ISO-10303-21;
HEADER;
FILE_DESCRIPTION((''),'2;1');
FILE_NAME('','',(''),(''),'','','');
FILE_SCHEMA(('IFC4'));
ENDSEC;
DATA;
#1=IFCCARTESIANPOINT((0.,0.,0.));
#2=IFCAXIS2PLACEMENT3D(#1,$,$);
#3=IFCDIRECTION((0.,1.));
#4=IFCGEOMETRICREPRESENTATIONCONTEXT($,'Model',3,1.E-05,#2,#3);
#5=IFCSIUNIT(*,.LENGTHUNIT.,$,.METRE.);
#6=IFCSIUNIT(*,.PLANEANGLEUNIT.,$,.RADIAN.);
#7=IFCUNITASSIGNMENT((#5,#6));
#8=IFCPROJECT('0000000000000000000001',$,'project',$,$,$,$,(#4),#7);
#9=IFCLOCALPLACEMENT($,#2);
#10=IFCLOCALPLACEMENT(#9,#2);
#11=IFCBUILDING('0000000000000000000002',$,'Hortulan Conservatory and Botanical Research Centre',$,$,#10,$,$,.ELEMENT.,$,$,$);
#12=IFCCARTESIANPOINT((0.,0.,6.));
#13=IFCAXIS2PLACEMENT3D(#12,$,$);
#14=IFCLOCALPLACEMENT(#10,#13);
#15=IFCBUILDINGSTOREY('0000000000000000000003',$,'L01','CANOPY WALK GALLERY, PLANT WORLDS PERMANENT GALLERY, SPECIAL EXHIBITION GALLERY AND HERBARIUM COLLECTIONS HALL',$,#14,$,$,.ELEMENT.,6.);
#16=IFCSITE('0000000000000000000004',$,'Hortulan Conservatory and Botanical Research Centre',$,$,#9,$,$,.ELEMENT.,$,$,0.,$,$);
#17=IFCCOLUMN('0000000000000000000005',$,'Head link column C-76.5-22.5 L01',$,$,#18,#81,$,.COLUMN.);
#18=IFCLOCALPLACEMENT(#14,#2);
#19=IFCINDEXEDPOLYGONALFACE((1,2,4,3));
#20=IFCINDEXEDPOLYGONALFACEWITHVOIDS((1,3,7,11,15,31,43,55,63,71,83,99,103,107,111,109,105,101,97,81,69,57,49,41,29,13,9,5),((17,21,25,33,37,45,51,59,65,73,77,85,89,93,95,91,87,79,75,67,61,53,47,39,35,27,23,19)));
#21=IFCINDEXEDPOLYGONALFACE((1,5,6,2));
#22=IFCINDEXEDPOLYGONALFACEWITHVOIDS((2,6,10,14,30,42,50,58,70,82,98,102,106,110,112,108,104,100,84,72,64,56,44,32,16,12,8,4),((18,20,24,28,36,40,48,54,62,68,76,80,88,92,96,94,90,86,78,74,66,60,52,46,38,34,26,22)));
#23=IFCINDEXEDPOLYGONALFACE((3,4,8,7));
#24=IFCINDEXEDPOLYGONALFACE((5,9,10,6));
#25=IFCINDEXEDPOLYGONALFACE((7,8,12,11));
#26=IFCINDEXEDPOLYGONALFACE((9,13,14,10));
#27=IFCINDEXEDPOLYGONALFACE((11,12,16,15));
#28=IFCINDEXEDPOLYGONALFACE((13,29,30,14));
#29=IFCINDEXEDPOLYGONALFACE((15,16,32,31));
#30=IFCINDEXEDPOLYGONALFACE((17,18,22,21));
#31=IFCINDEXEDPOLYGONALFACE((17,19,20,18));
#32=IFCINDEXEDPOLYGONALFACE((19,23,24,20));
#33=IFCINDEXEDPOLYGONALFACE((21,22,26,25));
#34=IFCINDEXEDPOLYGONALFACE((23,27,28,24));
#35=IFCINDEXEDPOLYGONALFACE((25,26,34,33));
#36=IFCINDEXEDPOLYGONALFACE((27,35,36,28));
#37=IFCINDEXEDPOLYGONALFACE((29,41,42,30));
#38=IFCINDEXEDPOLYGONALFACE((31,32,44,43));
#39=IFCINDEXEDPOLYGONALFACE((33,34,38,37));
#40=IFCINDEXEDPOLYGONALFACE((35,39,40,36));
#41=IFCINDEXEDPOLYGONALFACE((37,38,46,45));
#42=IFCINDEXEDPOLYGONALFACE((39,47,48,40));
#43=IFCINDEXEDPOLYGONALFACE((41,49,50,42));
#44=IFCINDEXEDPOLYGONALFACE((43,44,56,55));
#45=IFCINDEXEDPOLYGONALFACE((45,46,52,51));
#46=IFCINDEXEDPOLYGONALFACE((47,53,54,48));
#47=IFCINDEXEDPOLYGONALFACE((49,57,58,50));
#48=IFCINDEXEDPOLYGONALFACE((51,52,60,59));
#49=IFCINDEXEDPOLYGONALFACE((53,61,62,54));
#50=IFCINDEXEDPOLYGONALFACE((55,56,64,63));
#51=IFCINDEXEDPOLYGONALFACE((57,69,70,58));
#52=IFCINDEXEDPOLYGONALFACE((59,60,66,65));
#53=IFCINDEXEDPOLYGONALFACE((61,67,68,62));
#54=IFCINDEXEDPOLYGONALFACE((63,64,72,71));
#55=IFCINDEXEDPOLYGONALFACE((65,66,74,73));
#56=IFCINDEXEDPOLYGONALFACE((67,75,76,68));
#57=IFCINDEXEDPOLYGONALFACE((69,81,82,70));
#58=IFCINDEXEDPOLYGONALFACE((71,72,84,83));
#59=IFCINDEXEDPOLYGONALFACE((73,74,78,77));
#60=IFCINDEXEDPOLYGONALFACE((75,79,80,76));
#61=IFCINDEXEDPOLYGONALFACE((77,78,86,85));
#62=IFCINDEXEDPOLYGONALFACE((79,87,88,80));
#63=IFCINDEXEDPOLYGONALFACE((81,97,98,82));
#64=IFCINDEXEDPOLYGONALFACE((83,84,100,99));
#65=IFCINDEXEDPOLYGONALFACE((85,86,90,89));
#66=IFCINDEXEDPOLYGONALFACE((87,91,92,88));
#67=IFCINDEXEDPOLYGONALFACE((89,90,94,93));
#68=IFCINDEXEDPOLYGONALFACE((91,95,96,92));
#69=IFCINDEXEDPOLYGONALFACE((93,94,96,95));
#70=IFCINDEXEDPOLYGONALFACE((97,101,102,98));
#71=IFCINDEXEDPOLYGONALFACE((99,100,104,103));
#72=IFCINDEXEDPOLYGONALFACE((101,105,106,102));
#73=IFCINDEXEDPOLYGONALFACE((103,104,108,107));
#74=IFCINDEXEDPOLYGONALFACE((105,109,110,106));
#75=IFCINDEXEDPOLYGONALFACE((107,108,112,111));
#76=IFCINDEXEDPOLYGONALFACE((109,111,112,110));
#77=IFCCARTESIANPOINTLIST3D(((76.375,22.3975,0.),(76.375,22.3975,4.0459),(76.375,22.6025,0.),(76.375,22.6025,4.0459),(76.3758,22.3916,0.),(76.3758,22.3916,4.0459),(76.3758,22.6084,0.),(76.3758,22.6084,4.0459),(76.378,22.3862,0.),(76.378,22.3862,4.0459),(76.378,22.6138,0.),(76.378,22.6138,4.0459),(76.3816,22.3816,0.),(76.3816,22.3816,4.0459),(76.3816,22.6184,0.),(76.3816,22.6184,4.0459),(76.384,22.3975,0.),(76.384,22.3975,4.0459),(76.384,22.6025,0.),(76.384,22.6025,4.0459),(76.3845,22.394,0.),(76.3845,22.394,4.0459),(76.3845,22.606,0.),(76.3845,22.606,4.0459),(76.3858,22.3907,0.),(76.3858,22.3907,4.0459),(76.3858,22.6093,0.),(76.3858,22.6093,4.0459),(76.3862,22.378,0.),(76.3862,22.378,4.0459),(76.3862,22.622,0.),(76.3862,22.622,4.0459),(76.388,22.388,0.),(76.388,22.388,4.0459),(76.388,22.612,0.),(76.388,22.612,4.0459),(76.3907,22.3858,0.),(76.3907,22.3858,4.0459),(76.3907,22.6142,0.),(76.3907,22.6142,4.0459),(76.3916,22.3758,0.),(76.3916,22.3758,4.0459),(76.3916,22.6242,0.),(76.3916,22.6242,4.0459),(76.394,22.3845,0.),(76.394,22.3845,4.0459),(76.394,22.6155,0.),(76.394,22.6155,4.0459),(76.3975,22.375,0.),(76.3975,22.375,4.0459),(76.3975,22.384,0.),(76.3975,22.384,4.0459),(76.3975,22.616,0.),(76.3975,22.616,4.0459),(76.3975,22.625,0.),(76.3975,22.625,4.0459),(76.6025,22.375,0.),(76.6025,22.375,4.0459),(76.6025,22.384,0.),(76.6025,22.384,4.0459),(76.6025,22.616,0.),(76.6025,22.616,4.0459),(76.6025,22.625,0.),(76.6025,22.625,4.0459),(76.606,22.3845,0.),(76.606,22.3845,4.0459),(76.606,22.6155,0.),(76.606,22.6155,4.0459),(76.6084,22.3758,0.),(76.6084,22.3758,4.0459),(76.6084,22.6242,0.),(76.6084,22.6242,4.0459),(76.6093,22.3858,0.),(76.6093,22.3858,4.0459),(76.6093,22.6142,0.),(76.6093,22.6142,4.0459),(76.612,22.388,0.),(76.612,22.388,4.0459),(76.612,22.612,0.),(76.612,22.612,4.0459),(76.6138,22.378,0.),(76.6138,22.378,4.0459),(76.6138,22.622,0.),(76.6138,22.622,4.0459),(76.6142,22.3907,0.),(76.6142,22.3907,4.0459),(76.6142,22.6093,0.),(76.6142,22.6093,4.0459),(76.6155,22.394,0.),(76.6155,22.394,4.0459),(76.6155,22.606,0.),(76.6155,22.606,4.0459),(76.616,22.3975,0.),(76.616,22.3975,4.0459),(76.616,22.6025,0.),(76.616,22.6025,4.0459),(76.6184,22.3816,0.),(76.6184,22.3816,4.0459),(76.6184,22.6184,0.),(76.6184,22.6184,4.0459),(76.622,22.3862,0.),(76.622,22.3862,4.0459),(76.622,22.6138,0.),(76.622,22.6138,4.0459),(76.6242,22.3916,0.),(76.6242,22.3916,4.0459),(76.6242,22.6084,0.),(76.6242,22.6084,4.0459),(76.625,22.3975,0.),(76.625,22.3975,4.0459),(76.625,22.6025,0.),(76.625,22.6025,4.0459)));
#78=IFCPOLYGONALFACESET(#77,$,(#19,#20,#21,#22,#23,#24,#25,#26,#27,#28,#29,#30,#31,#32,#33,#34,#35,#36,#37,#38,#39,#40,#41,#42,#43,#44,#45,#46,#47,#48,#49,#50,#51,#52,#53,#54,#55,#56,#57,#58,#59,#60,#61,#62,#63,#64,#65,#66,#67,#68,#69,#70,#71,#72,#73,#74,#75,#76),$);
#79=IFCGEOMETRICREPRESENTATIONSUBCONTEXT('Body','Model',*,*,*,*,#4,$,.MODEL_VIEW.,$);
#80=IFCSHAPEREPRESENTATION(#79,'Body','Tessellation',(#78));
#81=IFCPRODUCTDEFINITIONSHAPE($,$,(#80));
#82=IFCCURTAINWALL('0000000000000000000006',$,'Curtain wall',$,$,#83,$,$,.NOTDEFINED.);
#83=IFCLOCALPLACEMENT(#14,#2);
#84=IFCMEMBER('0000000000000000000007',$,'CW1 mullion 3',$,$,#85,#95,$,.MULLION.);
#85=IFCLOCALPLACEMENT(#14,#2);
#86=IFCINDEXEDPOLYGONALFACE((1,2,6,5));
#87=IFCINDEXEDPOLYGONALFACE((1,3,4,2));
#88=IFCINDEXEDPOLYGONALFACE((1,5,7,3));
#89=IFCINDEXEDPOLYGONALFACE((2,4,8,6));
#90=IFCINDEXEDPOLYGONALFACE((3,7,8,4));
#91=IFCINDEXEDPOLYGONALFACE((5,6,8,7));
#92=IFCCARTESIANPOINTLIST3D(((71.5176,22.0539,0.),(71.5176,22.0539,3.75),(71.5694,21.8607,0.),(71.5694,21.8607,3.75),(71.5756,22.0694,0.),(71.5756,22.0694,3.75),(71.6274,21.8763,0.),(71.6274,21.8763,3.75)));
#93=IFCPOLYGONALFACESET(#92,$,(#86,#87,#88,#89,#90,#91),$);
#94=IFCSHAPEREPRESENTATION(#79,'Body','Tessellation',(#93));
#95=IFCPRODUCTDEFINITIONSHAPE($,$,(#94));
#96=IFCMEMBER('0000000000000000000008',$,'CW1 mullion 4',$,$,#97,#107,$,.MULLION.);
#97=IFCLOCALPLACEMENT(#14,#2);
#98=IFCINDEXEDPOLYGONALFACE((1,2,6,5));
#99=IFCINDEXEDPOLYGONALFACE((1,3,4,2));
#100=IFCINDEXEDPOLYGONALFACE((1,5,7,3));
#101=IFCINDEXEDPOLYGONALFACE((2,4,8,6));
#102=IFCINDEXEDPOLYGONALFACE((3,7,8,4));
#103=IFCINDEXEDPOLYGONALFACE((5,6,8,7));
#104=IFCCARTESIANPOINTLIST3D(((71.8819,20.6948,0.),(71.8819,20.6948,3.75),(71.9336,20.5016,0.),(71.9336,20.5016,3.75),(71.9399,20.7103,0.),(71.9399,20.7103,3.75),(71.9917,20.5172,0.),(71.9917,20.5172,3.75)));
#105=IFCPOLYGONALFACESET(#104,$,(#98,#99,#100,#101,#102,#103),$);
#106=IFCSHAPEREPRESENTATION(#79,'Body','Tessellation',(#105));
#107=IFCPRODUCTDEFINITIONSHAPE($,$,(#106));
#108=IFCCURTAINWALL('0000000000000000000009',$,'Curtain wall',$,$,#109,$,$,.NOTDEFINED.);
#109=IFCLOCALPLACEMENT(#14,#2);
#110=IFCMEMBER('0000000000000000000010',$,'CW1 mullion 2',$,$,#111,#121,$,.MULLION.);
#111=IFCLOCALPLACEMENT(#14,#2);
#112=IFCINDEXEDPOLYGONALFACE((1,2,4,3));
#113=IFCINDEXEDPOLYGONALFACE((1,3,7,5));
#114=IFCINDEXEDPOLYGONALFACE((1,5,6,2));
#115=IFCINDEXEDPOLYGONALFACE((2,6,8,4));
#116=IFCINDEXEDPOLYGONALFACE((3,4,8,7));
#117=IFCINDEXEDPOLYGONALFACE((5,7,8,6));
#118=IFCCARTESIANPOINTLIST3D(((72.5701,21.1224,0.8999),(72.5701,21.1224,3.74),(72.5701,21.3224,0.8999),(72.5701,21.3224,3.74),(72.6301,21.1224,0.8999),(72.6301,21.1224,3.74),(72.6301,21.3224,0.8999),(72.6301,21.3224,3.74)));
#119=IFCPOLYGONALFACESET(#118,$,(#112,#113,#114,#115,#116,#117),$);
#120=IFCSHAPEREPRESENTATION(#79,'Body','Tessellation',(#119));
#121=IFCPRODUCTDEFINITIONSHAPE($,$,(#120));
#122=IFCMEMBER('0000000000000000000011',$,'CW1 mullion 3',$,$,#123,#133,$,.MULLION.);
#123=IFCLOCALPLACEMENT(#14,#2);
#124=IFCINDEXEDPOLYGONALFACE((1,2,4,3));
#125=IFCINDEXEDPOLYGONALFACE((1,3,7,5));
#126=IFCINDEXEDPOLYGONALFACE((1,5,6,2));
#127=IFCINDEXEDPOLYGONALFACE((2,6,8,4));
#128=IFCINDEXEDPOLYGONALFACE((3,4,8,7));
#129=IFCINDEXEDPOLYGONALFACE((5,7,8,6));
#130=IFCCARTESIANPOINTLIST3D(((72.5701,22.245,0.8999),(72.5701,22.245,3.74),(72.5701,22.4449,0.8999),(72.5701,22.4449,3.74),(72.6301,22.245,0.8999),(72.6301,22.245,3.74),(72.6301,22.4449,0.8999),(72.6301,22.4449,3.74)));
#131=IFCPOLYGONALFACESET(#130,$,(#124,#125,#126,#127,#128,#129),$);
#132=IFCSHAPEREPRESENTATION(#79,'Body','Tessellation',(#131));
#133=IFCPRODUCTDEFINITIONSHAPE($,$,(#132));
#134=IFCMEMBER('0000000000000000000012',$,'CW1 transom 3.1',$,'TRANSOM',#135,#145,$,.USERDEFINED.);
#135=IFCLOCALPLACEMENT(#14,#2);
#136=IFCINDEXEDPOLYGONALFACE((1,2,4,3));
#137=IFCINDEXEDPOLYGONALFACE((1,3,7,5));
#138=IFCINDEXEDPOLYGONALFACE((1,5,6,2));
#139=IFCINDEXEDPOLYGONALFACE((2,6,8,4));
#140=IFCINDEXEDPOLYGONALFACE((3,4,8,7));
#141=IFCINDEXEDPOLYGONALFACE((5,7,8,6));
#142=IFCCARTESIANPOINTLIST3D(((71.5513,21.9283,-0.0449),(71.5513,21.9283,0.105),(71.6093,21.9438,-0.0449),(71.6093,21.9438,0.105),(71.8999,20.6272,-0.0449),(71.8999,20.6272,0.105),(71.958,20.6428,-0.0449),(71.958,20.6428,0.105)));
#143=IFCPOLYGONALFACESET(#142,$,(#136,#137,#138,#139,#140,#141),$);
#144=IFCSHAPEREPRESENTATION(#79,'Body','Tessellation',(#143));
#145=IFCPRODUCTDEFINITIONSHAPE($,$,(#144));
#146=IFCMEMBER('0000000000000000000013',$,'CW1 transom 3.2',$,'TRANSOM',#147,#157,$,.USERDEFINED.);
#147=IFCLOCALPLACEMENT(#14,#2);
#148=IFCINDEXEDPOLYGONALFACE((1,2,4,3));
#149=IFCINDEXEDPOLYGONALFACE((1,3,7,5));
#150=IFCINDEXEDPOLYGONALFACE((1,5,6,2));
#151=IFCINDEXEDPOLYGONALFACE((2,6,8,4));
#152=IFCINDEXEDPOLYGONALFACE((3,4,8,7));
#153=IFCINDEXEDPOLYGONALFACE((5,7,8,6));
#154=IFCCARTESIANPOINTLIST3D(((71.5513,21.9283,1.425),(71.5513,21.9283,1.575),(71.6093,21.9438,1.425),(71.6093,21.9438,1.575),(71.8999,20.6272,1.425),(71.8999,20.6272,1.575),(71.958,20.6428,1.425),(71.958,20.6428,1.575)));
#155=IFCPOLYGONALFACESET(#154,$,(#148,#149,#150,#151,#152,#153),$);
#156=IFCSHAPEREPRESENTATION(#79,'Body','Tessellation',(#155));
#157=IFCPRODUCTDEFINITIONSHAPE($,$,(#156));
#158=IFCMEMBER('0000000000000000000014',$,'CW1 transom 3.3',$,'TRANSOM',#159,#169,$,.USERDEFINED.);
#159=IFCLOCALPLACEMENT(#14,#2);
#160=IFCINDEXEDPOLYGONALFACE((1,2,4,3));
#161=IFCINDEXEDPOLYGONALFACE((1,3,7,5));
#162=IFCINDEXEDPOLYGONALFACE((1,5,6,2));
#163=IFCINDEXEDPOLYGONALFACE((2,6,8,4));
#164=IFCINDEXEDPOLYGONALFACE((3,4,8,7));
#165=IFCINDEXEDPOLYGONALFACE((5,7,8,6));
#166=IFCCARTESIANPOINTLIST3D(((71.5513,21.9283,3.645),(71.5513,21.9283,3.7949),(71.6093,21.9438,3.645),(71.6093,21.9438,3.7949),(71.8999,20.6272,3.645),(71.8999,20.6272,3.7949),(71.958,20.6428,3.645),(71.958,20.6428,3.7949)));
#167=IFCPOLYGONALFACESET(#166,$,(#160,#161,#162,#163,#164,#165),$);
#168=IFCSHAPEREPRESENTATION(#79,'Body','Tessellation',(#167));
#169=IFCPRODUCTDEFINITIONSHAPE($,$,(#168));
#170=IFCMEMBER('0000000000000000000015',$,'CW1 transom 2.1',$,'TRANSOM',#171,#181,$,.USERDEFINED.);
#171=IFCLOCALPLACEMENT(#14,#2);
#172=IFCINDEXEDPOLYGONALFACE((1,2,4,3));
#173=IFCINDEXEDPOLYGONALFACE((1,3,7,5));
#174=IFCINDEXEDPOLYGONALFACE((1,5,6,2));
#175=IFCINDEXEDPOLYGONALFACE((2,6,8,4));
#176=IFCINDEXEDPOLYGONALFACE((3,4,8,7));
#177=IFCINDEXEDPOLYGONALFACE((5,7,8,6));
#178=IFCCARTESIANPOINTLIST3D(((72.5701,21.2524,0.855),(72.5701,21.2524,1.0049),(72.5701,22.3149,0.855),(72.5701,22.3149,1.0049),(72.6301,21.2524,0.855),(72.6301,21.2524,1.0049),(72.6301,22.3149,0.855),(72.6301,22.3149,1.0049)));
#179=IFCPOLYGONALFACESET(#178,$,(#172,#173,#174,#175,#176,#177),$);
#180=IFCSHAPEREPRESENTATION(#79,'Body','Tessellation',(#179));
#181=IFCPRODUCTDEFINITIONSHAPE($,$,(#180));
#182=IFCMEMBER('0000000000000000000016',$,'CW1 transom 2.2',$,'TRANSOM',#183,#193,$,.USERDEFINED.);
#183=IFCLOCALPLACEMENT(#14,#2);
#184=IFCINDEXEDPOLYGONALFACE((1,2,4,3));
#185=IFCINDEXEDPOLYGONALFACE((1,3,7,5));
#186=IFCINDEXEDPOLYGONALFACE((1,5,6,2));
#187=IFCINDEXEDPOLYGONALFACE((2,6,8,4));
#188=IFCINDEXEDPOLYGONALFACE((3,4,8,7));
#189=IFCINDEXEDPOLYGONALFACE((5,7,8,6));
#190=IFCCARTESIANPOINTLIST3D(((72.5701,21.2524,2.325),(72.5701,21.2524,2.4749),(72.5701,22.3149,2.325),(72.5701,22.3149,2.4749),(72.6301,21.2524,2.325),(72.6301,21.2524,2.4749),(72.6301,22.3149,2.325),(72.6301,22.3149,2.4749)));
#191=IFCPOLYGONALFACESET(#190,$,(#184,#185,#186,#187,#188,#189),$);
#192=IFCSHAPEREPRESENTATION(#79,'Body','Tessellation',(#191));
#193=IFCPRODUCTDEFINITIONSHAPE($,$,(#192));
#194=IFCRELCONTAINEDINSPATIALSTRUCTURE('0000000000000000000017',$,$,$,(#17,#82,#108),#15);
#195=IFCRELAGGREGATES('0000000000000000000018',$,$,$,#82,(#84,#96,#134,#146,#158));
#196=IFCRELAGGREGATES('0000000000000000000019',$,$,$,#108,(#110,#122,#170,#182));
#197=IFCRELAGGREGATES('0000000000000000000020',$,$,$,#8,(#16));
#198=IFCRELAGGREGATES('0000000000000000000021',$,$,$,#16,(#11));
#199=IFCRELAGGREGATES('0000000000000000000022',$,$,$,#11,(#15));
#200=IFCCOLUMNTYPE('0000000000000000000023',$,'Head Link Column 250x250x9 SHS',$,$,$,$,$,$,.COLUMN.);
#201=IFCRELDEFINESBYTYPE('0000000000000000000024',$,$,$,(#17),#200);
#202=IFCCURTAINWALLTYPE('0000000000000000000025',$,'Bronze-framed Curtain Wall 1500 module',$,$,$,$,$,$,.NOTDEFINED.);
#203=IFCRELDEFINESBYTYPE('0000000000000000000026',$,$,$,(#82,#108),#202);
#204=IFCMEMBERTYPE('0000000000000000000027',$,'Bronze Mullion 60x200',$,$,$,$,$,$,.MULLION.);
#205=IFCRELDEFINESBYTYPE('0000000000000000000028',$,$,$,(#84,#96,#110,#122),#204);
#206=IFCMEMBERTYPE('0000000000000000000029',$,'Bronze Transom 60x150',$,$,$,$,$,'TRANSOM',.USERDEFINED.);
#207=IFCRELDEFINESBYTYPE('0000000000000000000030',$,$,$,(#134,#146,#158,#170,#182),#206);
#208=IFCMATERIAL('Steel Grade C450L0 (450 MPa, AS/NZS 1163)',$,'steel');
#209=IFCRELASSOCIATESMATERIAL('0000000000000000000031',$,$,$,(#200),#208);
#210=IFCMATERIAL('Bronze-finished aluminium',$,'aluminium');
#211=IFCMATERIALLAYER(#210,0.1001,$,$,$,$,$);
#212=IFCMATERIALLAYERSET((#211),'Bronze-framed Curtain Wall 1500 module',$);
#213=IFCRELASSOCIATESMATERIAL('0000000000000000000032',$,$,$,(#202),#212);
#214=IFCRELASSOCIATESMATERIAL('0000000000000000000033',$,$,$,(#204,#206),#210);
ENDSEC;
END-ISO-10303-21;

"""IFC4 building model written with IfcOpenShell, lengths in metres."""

from ifc_helpers import new_model, si_unit, direction, frame, origin, origin_2d, place, context, subcontext, project, spatial, rectangle, hollow_rectangle, extrude, material, layer, layer_set, material_profile, profile_set, type_object, element, aggregate, save


model = new_model("IFC4")

# Units and contexts
model_context = context("Model", 3, precision=1e-05, world=origin(), true_north=direction((0.0, 1.0)))
body_context = subcontext(model_context, "Body", "Model", "MODEL_VIEW")
ifc_project = project(units=[si_unit("LENGTHUNIT", "METRE"), si_unit("PLANEANGLEUNIT", "RADIAN")], contexts=[model_context])

# Site, building, storey
site_placement = place(None, origin())
site = spatial("IfcSite", under=ifc_project, at=site_placement, Name="Hortulan Conservatory and Botanical Research Centre", CompositionType="ELEMENT", RefElevation=0.0)
building_placement = place(site_placement, origin())
building = spatial("IfcBuilding", under=site, at=building_placement, Name="Hortulan Conservatory and Botanical Research Centre", CompositionType="ELEMENT")
storey_placement = place(building_placement, frame((0.0, 0.0, 6.0)))
storey = spatial("IfcBuildingStorey", under=building, at=storey_placement, Name="L01", Description="CANOPY WALK GALLERY, PLANT WORLDS PERMANENT GALLERY, SPECIAL EXHIBITION GALLERY AND HERBARIUM COLLECTIONS HALL", CompositionType="ELEMENT", Elevation=6.0)

# Column
ifc_material_1 = material(Name="Steel Grade C450L0 (450 MPa, AS/NZS 1163)", Category="steel")
ifc_material_profile_1 = material_profile(ifc_material_1, hollow_rectangle(XDim=0.25, YDim=0.25, WallThickness=0.009, InnerFilletRadius=0.0134, OuterFilletRadius=0.0225, at=origin_2d()), Name="250x250x9SHS")
ifc_profile_set_1 = profile_set([ifc_material_profile_1], Name="Steel Grade C450L0 (450 MPa, AS/NZS 1163)")
column_type_1 = type_object("IfcColumnType", Name="Head Link Column 250x250x9 SHS", PredefinedType="COLUMN", material=ifc_profile_set_1)
for number, where, z_axis, x_axis, name in (
    (1, (76.5, 22.5, 0.0), (0.0, 0.0, 1.0), (1.0, 0.0, 0.0), "Head link column C-76.5-22.5 L01"),
):
    element("IfcColumn", number, at=place(storey_placement, frame(where, z_axis=z_axis, x_axis=x_axis)), inside=storey, type_object=column_type_1, Name=name, PredefinedType="COLUMN", context=body_context, shape_type="SweptSolid", body=[
        extrude(hollow_rectangle(XDim=0.25, YDim=0.25, WallThickness=0.009, InnerFilletRadius=0.0134, OuterFilletRadius=0.0225, at=origin_2d()), origin(), (0.0, 0.0, 1.0), 4.0459),
    ])

# Curtain walls, members
ifc_material_2 = material(Name="Bronze-finished aluminium", Category="aluminium")
ifc_layer_1 = layer(ifc_material_2, 0.1001)
ifc_layer_set_1 = layer_set([ifc_layer_1], Name="Bronze-framed Curtain Wall 1500 module")
curtain_wall_type = type_object("IfcCurtainWallType", Name="Bronze-framed Curtain Wall 1500 module", PredefinedType="NOTDEFINED", material=ifc_layer_set_1)
curtain_wall_1_placement = place(storey_placement, origin())
curtain_wall_1 = element("IfcCurtainWall", 2, at=curtain_wall_1_placement, inside=storey, type_object=curtain_wall_type, Name="Curtain wall", PredefinedType="NOTDEFINED")
ifc_material_profile_2 = material_profile(ifc_material_2, rectangle(XDim=0.0601, YDim=0.2, at=origin_2d()), Name="Bronze Mullion 60x200")
ifc_profile_set_2 = profile_set([ifc_material_profile_2], Name="Bronze-finished aluminium")
member_type_1 = type_object("IfcMemberType", Name="Bronze Mullion 60x200", PredefinedType="MULLION", material=ifc_profile_set_2)
member_1_placement = place(storey_placement, frame((71.5725, 21.9651, 0.0), z_axis=(0.0, 0.0, 1.0), x_axis=(0.965922, 0.258832, 0.0)))
member_1 = element("IfcMember", 3, at=member_1_placement, type_object=member_type_1, Name="CW1 mullion 3", PredefinedType="MULLION", context=body_context, shape_type="SweptSolid", body=[
    extrude(rectangle(XDim=0.0601, YDim=0.2, at=origin_2d()), origin(), (0.0, 0.0, 1.0), 3.75),
])
member_2_placement = place(storey_placement, frame((71.9368, 20.606, 0.0), z_axis=(0.0, 0.0, 1.0), x_axis=(0.965922, 0.258832, 0.0)))
member_2 = element("IfcMember", 4, at=member_2_placement, type_object=member_type_1, Name="CW1 mullion 4", PredefinedType="MULLION", context=body_context, shape_type="SweptSolid", body=[
    extrude(rectangle(XDim=0.0601, YDim=0.2, at=origin_2d()), origin(), (0.0, 0.0, 1.0), 3.75),
])
curtain_wall_2_placement = place(storey_placement, origin())
curtain_wall_2 = element("IfcCurtainWall", 5, at=curtain_wall_2_placement, inside=storey, type_object=curtain_wall_type, Name="Curtain wall", PredefinedType="NOTDEFINED")
member_3_placement = place(storey_placement, frame((72.6001, 21.2224, 0.8999), z_axis=(0.0, 0.0, 1.0), x_axis=(-1.0, 0.0, 0.0)))
member_3 = element("IfcMember", 6, at=member_3_placement, type_object=member_type_1, Name="CW1 mullion 2", PredefinedType="MULLION", context=body_context, shape_type="SweptSolid", body=[
    extrude(rectangle(XDim=0.0601, YDim=0.2, at=origin_2d()), origin(), (0.0, 0.0, 1.0), 2.8401),
])
member_4_placement = place(storey_placement, frame((72.6001, 22.345, 0.8999), z_axis=(0.0, 0.0, 1.0), x_axis=(-1.0, 0.0, 0.0)))
member_4 = element("IfcMember", 7, at=member_4_placement, type_object=member_type_1, Name="CW1 mullion 3", PredefinedType="MULLION", context=body_context, shape_type="SweptSolid", body=[
    extrude(rectangle(XDim=0.0601, YDim=0.2, at=origin_2d()), origin(), (0.0, 0.0, 1.0), 2.8401),
])

# Members
ifc_material_profile_3 = material_profile(ifc_material_2, rectangle(XDim=0.0601, YDim=0.1499, at=origin_2d()), Name="Bronze Transom 60x150")
ifc_profile_set_3 = profile_set([ifc_material_profile_3], Name="Bronze-finished aluminium")
member_type_2 = type_object("IfcMemberType", Name="Bronze Transom 60x150", ElementType="TRANSOM", PredefinedType="USERDEFINED", material=ifc_profile_set_3)
member_5_placement = place(storey_placement, frame((71.5803, 21.936, 0.03), z_axis=(0.258836, -0.965921, 0.0), x_axis=(0.965921, 0.258836, 0.0)))
member_5 = element("IfcMember", 8, at=member_5_placement, type_object=member_type_2, Name="CW1 transom 3.1", ObjectType="TRANSOM", PredefinedType="USERDEFINED", context=body_context, shape_type="SweptSolid", body=[
    extrude(rectangle(XDim=0.0601, YDim=0.1499, at=origin_2d()), origin(), (0.0, 0.0, 1.0), 1.3469),
])
member_6_placement = place(storey_placement, frame((71.5803, 21.936, 1.5), z_axis=(0.258836, -0.965921, 0.0), x_axis=(0.965921, 0.258836, 0.0)))
member_6 = element("IfcMember", 9, at=member_6_placement, type_object=member_type_2, Name="CW1 transom 3.2", ObjectType="TRANSOM", PredefinedType="USERDEFINED", context=body_context, shape_type="SweptSolid", body=[
    extrude(rectangle(XDim=0.0601, YDim=0.1499, at=origin_2d()), origin(), (0.0, 0.0, 1.0), 1.3469),
])
member_7_placement = place(storey_placement, frame((71.5803, 21.936, 3.72), z_axis=(0.258836, -0.965921, 0.0), x_axis=(0.965921, 0.258836, 0.0)))
member_7 = element("IfcMember", 10, at=member_7_placement, type_object=member_type_2, Name="CW1 transom 3.3", ObjectType="TRANSOM", PredefinedType="USERDEFINED", context=body_context, shape_type="SweptSolid", body=[
    extrude(rectangle(XDim=0.0601, YDim=0.1499, at=origin_2d()), origin(), (0.0, 0.0, 1.0), 1.3469),
])
member_8_placement = place(storey_placement, frame((72.6001, 21.2524, 0.9299), z_axis=(0.0, 1.0, 0.0), x_axis=(-1.0, 0.0, 0.0)))
member_8 = element("IfcMember", 11, at=member_8_placement, type_object=member_type_2, Name="CW1 transom 2.1", ObjectType="TRANSOM", PredefinedType="USERDEFINED", context=body_context, shape_type="SweptSolid", body=[
    extrude(rectangle(XDim=0.0601, YDim=0.1499, at=origin_2d()), origin(), (0.0, 0.0, 1.0), 1.0625),
])
member_9_placement = place(storey_placement, frame((72.6001, 21.2524, 2.3999), z_axis=(0.0, 1.0, 0.0), x_axis=(-1.0, 0.0, 0.0)))
member_9 = element("IfcMember", 12, at=member_9_placement, type_object=member_type_2, Name="CW1 transom 2.2", ObjectType="TRANSOM", PredefinedType="USERDEFINED", context=body_context, shape_type="SweptSolid", body=[
    extrude(rectangle(XDim=0.0601, YDim=0.1499, at=origin_2d()), origin(), (0.0, 0.0, 1.0), 1.0625),
])

aggregate(curtain_wall_1, [member_1, member_2, member_5, member_6, member_7])
aggregate(curtain_wall_2, [member_3, member_4, member_8, member_9])

save(model, "model.ifc")
